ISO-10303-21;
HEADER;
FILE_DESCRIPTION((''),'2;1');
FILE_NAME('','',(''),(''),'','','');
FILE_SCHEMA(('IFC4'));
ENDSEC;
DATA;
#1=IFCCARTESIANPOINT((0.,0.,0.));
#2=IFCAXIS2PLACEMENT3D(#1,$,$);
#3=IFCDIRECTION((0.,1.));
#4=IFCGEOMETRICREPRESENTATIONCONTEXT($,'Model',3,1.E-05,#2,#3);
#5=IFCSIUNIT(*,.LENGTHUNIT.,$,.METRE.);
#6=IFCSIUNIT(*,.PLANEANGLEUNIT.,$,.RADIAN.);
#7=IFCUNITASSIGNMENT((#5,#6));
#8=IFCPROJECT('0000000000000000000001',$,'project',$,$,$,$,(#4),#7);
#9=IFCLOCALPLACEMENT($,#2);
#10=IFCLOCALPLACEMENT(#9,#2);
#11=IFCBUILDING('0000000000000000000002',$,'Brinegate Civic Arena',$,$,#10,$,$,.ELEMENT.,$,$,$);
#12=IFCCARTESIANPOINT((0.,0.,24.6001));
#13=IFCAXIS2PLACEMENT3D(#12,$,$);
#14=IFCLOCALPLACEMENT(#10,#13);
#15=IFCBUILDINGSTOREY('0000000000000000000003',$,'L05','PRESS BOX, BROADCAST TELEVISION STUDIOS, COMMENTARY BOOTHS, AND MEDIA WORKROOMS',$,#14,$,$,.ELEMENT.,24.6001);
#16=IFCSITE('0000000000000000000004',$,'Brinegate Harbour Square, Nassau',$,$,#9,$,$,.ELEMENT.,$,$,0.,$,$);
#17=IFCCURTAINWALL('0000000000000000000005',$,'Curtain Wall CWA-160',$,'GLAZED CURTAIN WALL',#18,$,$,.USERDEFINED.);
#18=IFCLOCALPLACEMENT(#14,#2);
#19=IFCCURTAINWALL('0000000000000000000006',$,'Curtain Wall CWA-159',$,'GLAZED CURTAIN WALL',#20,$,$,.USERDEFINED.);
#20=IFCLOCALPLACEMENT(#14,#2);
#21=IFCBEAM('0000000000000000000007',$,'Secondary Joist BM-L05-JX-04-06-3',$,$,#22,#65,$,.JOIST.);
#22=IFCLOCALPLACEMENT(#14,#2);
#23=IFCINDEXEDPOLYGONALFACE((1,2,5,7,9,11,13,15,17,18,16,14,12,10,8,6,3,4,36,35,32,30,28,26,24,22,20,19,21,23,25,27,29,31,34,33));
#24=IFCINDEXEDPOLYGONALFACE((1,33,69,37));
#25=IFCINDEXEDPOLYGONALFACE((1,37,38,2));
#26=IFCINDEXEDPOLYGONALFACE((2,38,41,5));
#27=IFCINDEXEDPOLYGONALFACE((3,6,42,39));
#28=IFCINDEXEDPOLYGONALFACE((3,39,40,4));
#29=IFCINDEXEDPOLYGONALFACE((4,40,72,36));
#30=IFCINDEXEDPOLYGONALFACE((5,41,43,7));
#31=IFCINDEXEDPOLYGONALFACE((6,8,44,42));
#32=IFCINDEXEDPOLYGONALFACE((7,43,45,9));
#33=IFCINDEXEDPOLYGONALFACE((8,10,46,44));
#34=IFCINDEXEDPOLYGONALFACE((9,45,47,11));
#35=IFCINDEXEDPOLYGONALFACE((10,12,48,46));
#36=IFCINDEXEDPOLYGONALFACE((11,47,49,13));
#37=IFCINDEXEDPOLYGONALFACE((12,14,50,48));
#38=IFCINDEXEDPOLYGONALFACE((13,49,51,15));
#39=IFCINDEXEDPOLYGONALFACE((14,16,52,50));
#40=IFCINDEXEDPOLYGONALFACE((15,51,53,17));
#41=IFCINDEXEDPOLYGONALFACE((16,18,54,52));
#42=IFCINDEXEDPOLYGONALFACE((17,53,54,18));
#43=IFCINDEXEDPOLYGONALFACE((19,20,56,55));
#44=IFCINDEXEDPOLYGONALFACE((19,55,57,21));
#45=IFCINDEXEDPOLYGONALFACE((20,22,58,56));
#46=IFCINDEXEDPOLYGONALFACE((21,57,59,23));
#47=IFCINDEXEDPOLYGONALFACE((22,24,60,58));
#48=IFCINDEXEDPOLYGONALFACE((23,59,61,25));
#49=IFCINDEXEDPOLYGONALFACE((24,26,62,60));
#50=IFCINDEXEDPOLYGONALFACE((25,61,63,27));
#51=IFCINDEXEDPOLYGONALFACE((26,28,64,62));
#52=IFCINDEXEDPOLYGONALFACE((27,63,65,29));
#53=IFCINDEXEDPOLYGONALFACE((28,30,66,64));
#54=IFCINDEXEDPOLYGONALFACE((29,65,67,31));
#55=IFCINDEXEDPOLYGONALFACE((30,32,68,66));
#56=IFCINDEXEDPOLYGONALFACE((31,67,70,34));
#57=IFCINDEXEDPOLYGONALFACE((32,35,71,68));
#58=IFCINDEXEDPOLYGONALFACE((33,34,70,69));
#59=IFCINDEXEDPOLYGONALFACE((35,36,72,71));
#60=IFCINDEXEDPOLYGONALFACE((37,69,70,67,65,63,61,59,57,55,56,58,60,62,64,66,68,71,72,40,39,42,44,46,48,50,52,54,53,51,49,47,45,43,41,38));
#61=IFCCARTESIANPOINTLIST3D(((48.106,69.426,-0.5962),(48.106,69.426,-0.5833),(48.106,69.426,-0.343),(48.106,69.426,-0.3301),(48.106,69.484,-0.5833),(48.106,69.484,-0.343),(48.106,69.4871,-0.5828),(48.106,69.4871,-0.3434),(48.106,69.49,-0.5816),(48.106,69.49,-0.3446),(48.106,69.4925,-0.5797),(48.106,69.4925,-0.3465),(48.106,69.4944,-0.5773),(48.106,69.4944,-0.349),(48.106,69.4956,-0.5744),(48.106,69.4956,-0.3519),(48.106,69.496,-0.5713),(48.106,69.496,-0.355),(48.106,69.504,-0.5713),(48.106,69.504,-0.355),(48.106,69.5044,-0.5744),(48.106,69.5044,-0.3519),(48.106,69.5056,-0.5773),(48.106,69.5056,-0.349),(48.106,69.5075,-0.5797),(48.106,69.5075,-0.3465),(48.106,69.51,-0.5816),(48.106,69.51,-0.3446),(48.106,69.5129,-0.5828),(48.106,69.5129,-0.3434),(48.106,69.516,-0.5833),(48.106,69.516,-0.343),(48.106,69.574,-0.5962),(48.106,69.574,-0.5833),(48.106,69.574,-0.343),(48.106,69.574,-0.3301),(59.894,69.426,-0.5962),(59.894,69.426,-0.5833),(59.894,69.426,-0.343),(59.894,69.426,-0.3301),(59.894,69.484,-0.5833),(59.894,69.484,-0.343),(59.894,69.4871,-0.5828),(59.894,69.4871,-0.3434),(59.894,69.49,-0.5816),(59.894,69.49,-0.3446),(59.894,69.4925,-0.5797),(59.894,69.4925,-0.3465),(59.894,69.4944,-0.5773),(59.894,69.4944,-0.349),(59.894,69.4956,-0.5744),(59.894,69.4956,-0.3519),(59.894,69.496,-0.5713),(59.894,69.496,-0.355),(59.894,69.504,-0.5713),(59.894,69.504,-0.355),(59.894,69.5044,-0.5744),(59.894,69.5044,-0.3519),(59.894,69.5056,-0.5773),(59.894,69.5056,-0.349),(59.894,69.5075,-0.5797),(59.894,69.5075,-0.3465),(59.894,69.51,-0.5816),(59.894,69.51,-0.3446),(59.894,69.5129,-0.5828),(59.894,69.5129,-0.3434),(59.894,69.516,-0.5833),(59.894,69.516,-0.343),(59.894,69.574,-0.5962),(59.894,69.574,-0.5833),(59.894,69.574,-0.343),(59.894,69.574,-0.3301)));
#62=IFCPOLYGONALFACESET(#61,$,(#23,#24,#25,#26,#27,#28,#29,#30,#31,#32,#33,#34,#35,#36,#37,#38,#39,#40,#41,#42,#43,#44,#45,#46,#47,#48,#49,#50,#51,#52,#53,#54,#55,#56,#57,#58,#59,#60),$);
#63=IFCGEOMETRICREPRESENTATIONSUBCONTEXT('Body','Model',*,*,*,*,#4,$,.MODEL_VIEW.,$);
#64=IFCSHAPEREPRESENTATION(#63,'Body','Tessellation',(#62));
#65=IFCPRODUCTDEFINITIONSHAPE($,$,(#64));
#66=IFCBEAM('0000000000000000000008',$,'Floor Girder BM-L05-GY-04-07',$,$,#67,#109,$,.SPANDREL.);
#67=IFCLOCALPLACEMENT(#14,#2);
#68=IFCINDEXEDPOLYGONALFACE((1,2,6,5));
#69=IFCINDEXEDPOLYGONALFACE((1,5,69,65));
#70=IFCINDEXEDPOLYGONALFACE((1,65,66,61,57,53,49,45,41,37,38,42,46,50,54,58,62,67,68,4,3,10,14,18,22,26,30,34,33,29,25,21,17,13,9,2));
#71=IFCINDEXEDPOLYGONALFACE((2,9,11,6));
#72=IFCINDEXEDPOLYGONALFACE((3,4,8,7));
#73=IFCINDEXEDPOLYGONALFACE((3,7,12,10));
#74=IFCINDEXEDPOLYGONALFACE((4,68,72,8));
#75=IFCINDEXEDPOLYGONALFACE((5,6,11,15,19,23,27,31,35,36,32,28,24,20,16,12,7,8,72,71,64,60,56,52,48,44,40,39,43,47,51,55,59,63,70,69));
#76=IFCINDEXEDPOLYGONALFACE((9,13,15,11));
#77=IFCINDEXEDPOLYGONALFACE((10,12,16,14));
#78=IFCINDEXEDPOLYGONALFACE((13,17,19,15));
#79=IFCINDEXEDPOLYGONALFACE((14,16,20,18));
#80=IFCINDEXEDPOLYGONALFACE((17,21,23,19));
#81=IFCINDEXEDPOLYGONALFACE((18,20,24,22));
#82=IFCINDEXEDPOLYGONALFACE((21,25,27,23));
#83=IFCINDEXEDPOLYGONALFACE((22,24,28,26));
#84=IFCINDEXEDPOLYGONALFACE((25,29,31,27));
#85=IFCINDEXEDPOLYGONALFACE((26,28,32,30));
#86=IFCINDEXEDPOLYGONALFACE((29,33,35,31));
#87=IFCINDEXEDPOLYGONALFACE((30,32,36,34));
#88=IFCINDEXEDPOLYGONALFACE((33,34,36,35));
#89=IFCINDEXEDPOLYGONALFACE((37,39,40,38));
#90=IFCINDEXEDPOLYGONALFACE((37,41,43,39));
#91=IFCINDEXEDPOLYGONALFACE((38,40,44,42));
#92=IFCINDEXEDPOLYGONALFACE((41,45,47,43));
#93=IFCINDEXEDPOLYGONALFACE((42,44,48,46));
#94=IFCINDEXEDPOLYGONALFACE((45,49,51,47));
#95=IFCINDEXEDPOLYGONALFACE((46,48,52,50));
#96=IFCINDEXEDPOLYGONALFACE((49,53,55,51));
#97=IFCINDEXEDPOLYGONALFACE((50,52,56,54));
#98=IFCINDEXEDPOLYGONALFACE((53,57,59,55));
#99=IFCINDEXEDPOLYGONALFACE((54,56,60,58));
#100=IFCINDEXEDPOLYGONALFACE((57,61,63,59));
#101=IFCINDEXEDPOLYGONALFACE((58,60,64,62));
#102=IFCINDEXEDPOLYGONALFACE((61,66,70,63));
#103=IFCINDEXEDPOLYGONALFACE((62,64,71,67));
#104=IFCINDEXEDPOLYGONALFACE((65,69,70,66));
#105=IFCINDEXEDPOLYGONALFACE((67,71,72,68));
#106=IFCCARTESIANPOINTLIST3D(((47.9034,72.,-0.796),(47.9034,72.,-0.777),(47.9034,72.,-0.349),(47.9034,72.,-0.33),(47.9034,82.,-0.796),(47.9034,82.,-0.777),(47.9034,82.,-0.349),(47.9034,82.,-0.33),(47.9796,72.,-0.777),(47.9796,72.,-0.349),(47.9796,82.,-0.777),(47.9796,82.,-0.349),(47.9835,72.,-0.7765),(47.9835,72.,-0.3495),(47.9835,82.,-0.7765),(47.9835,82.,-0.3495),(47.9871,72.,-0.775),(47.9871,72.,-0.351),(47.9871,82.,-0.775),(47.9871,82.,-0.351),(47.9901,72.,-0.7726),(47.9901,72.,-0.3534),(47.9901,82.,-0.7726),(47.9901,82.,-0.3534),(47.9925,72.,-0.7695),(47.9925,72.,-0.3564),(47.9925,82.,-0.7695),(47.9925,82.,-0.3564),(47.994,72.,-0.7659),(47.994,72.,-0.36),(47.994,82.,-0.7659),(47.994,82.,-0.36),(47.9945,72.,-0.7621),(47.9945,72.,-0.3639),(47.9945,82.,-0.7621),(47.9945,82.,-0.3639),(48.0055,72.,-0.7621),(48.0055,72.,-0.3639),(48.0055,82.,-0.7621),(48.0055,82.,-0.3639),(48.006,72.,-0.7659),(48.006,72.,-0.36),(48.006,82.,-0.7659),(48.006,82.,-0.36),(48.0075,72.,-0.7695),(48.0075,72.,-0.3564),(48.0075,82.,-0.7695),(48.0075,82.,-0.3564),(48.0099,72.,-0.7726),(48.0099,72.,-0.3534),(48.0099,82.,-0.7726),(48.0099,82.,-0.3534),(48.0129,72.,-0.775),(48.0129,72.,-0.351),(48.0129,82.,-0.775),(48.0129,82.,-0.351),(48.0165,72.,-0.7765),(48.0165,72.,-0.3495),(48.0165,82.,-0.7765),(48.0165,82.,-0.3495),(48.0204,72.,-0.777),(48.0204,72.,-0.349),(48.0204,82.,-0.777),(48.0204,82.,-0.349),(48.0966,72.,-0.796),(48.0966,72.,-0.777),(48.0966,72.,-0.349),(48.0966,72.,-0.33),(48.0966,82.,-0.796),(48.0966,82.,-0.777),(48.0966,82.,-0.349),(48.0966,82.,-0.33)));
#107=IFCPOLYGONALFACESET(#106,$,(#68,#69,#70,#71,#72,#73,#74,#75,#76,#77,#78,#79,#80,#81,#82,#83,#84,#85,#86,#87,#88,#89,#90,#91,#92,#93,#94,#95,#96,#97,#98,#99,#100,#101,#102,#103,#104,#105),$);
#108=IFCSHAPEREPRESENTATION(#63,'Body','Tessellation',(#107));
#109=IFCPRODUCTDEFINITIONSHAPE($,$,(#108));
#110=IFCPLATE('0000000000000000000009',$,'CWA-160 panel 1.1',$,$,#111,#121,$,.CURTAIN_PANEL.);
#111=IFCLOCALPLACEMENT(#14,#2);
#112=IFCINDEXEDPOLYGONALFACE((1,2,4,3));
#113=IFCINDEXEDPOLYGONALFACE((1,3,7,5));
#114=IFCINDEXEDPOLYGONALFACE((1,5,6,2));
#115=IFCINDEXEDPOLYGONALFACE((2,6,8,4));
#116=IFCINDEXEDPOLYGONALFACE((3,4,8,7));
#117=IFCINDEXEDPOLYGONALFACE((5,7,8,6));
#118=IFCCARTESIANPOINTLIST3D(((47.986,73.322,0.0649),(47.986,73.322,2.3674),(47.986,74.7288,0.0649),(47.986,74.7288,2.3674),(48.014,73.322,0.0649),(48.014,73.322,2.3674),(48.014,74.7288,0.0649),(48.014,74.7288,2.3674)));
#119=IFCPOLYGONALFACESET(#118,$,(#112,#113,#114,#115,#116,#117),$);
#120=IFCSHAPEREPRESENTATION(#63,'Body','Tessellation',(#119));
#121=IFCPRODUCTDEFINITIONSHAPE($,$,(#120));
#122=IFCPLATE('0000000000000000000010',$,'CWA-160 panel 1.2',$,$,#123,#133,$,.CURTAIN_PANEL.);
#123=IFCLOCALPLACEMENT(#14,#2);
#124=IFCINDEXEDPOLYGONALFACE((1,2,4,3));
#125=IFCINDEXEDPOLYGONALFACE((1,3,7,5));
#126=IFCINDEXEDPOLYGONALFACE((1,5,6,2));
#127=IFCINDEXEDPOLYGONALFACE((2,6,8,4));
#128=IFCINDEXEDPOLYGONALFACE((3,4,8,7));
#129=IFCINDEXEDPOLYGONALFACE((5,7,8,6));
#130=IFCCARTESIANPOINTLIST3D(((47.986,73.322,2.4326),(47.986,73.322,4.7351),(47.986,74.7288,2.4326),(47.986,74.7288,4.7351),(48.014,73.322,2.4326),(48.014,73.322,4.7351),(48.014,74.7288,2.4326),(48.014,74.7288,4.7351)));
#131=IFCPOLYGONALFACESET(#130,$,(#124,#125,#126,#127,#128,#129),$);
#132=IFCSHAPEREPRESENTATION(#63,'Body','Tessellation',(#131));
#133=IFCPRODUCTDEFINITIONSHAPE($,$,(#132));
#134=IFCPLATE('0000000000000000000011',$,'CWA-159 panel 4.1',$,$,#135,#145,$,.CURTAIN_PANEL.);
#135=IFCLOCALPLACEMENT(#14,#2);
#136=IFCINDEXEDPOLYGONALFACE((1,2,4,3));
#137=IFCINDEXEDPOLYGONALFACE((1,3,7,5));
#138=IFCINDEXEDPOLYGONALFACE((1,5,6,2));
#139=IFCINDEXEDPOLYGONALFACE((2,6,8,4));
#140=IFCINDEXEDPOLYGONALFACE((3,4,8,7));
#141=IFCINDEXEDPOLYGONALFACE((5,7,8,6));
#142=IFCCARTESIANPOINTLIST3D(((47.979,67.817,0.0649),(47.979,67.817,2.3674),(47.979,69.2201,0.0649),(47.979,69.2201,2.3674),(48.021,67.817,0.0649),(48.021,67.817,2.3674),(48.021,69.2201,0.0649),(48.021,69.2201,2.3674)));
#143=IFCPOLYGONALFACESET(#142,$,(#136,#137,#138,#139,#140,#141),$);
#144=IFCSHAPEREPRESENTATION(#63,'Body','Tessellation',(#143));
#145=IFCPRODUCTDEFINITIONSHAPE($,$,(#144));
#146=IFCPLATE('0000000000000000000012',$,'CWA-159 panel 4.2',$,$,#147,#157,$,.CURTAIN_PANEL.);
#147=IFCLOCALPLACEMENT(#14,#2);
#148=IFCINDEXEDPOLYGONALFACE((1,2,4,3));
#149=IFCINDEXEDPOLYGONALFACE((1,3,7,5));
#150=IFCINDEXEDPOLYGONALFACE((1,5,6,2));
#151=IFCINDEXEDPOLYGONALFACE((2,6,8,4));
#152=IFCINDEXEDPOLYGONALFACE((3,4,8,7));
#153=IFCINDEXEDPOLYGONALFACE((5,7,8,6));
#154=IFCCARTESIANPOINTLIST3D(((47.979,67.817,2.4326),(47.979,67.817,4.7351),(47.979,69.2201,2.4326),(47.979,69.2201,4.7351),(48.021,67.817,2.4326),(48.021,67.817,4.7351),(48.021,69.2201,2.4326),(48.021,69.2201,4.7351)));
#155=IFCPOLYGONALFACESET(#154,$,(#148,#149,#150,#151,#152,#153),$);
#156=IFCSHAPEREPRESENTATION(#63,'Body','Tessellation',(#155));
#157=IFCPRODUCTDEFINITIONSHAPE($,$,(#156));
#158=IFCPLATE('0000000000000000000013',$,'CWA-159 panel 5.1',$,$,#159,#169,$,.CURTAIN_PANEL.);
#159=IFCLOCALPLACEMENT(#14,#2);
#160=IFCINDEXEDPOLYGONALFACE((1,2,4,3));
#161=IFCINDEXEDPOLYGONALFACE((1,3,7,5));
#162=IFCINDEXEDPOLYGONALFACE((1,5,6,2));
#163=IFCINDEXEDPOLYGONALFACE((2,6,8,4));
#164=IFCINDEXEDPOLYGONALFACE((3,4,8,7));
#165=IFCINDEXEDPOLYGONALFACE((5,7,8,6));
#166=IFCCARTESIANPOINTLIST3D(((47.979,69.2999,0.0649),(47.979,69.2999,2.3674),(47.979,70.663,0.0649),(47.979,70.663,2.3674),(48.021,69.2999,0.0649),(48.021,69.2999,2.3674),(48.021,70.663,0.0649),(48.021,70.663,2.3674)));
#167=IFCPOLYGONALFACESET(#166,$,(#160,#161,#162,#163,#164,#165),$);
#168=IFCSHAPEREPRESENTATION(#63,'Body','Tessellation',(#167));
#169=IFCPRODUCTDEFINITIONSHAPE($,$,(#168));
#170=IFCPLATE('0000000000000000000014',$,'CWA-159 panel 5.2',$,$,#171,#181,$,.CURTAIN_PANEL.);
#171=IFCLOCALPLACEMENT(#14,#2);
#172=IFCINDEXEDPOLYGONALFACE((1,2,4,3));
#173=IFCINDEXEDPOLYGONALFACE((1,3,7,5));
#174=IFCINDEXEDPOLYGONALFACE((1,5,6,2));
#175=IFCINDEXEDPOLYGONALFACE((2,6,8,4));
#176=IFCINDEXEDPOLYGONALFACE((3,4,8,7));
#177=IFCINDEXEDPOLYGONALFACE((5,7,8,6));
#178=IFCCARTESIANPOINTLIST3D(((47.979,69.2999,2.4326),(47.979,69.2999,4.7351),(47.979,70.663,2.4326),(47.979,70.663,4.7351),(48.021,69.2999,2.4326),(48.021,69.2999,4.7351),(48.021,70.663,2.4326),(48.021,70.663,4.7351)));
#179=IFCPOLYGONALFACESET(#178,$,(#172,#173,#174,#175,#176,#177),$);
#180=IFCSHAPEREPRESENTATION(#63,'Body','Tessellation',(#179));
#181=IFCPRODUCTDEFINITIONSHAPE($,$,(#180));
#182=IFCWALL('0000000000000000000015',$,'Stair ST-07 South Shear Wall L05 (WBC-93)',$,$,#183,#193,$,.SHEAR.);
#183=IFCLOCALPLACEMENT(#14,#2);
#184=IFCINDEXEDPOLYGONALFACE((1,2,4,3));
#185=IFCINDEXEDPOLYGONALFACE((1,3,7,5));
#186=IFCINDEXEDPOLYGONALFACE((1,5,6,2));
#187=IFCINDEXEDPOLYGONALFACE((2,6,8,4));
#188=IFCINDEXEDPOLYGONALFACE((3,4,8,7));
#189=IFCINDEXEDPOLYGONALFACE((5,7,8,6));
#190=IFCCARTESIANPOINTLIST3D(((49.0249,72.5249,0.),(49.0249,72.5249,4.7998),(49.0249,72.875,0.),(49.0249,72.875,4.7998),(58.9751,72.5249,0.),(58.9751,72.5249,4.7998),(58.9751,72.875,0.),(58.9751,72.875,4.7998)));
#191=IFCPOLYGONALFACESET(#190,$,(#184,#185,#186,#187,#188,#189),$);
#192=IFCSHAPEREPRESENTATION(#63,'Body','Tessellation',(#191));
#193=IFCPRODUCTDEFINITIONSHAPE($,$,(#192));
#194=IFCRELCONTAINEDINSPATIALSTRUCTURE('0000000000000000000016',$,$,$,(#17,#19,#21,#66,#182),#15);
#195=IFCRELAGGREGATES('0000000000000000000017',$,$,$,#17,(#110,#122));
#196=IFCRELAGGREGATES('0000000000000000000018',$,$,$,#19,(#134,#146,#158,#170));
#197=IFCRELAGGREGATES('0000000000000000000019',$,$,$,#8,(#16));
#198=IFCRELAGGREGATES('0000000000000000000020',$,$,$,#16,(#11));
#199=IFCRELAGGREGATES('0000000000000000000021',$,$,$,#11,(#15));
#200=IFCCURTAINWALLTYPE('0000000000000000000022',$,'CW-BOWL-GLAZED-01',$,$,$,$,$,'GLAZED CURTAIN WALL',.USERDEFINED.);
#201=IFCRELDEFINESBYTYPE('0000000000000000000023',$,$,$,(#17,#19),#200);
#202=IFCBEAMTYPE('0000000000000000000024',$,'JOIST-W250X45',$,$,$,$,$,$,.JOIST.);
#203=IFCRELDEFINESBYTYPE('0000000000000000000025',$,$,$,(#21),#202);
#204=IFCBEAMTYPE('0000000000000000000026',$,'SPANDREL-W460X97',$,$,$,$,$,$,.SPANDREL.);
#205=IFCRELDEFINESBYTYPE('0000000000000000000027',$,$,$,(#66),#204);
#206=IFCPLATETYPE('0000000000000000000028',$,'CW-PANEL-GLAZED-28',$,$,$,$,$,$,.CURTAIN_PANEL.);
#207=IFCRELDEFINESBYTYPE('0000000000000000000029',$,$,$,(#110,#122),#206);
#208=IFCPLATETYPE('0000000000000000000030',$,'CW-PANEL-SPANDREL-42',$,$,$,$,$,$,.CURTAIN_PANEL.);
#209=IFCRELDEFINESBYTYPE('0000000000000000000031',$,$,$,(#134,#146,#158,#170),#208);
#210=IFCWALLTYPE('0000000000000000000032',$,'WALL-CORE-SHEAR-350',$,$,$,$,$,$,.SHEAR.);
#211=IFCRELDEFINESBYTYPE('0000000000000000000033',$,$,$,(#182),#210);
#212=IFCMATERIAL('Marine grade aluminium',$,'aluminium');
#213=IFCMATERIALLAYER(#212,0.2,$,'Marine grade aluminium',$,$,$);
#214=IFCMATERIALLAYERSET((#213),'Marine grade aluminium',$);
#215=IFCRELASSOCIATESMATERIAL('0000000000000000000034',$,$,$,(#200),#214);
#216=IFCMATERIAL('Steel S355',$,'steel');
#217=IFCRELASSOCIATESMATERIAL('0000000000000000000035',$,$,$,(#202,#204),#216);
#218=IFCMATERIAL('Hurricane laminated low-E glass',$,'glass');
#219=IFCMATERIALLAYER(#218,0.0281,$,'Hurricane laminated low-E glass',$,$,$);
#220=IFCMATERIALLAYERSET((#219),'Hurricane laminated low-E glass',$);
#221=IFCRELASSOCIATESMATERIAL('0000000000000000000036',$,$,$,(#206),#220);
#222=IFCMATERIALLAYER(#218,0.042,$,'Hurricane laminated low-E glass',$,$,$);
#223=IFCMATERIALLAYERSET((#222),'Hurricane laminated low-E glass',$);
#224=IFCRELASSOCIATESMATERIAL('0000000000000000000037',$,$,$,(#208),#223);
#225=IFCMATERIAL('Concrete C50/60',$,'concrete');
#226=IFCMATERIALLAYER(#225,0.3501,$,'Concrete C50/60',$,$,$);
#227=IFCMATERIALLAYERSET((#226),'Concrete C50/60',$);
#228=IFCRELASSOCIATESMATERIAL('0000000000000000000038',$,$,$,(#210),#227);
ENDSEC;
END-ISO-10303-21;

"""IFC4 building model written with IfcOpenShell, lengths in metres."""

from ifc_helpers import new_model, si_unit, direction, frame, frame_2d, origin, origin_2d, place, context, subcontext, project, spatial, rectangle, i_section, extrude, material, layer, layer_set, material_profile, profile_set, type_object, element, aggregate, save


model = new_model("IFC4")

# Units and contexts
model_context = context("Model", 3, precision=1e-05, world=origin(), true_north=direction((0.0, 1.0)))
body_context = subcontext(model_context, "Body", "Model", "MODEL_VIEW")
ifc_project = project(units=[si_unit("LENGTHUNIT", "METRE"), si_unit("PLANEANGLEUNIT", "RADIAN")], contexts=[model_context])

# Site, building, storey
site_placement = place(None, origin())
site = spatial("IfcSite", under=ifc_project, at=site_placement, Name="Brinegate Harbour Square, Nassau", CompositionType="ELEMENT", RefElevation=0.0)
building_placement = place(site_placement, origin())
building = spatial("IfcBuilding", under=site, at=building_placement, Name="Brinegate Civic Arena", CompositionType="ELEMENT")
storey_placement = place(building_placement, frame((0.0, 0.0, 24.6001)))
storey = spatial("IfcBuildingStorey", under=building, at=storey_placement, Name="L05", Description="PRESS BOX, BROADCAST TELEVISION STUDIOS, COMMENTARY BOOTHS, AND MEDIA WORKROOMS", CompositionType="ELEMENT", Elevation=24.6001)

# Shared definitions
ifc_material_1 = material(Name="Concrete C50/60", Category="concrete")

# Curtain walls
ifc_material_2 = material(Name="Marine grade aluminium", Category="aluminium")
ifc_layer_1 = layer(ifc_material_2, 0.2, Name="Marine grade aluminium")
ifc_layer_set_1 = layer_set([ifc_layer_1], Name="Marine grade aluminium")
curtain_wall_type = type_object("IfcCurtainWallType", Name="CW-BOWL-GLAZED-01", ElementType="GLAZED CURTAIN WALL", PredefinedType="USERDEFINED", material=ifc_layer_set_1)
curtain_wall_1_placement = place(storey_placement, origin())
curtain_wall_1 = element("IfcCurtainWall", 1, at=curtain_wall_1_placement, inside=storey, type_object=curtain_wall_type, Name="Curtain Wall CWA-160", ObjectType="GLAZED CURTAIN WALL", PredefinedType="USERDEFINED")
curtain_wall_2_placement = place(storey_placement, origin())
curtain_wall_2 = element("IfcCurtainWall", 2, at=curtain_wall_2_placement, inside=storey, type_object=curtain_wall_type, Name="Curtain Wall CWA-159", ObjectType="GLAZED CURTAIN WALL", PredefinedType="USERDEFINED")

# Beams
ifc_material_3 = material(Name="Steel S355", Category="steel")
ifc_material_profile_1 = material_profile(ifc_material_3, i_section(OverallWidth=0.1479, OverallDepth=0.2661, WebThickness=0.0081, FlangeThickness=0.0129, FilletRadius=0.012, at=origin_2d()), Name="W250X45")
ifc_profile_set_1 = profile_set([ifc_material_profile_1], Name="Steel S355")
beam_type_1 = type_object("IfcBeamType", Name="JOIST-W250X45", PredefinedType="JOIST", material=ifc_profile_set_1)
beam_1_placement = place(storey_placement, frame((48.106, 69.5, -0.4631), z_axis=(1.0, 0.0, 0.0), x_axis=(0.0, 1.0, 0.0)))
element("IfcBeam", 3, at=beam_1_placement, inside=storey, type_object=beam_type_1, Name="Secondary Joist BM-L05-JX-04-06-3", PredefinedType="JOIST", context=body_context, shape_type="SweptSolid", body=[
    extrude(i_section(OverallWidth=0.1479, OverallDepth=0.2661, WebThickness=0.0081, FlangeThickness=0.0129, FilletRadius=0.012, at=origin_2d()), origin(), (0.0, 0.0, 1.0), 11.7881),
])
ifc_material_profile_2 = material_profile(ifc_material_3, i_section(OverallWidth=0.1931, OverallDepth=0.4661, WebThickness=0.011, FlangeThickness=0.019, FilletRadius=0.0149, at=origin_2d()), Name="W460X97")
ifc_profile_set_2 = profile_set([ifc_material_profile_2], Name="Steel S355")
beam_type_2 = type_object("IfcBeamType", Name="SPANDREL-W460X97", PredefinedType="SPANDREL", material=ifc_profile_set_2)
beam_2_placement = place(storey_placement, frame((48.0, 72.0, -0.563), z_axis=(0.0, 1.0, 0.0), x_axis=(-1.0, 0.0, 0.0)))
element("IfcBeam", 4, at=beam_2_placement, inside=storey, type_object=beam_type_2, Name="Floor Girder BM-L05-GY-04-07", PredefinedType="SPANDREL", context=body_context, shape_type="SweptSolid", body=[
    extrude(i_section(OverallWidth=0.1931, OverallDepth=0.4661, WebThickness=0.011, FlangeThickness=0.019, FilletRadius=0.0149, at=origin_2d()), origin(), (0.0, 0.0, 1.0), 10.0),
])

# Plates
ifc_material_4 = material(Name="Hurricane laminated low-E glass", Category="glass")
ifc_layer_2 = layer(ifc_material_4, 0.0281, Name="Hurricane laminated low-E glass")
ifc_layer_set_2 = layer_set([ifc_layer_2], Name="Hurricane laminated low-E glass")
plate_type_1 = type_object("IfcPlateType", Name="CW-PANEL-GLAZED-28", PredefinedType="CURTAIN_PANEL", material=ifc_layer_set_2)
plate_1_placement = place(storey_placement, frame((48.0, 74.0254, 0.0649), z_axis=(0.0, 0.0, 1.0), x_axis=(0.0, 1.0, 0.0)))
plate_1 = element("IfcPlate", 5, at=plate_1_placement, type_object=plate_type_1, Name="CWA-160 panel 1.1", PredefinedType="CURTAIN_PANEL", context=body_context, shape_type="SweptSolid", body=[
    extrude(rectangle(XDim=1.4067, YDim=0.0281, at=origin_2d()), origin(), (0.0, 0.0, 1.0), 2.3025),
])
plate_2_placement = place(storey_placement, frame((48.0, 74.0254, 2.4326), z_axis=(0.0, 0.0, 1.0), x_axis=(0.0, 1.0, 0.0)))
plate_2 = element("IfcPlate", 6, at=plate_2_placement, type_object=plate_type_1, Name="CWA-160 panel 1.2", PredefinedType="CURTAIN_PANEL", context=body_context, shape_type="SweptSolid", body=[
    extrude(rectangle(XDim=1.4067, YDim=0.0281, at=origin_2d()), origin(), (0.0, 0.0, 1.0), 2.3025),
])
aggregate(curtain_wall_1, [plate_1, plate_2])
ifc_layer_3 = layer(ifc_material_4, 0.042, Name="Hurricane laminated low-E glass")
ifc_layer_set_3 = layer_set([ifc_layer_3], Name="Hurricane laminated low-E glass")
plate_type_2 = type_object("IfcPlateType", Name="CW-PANEL-SPANDREL-42", PredefinedType="CURTAIN_PANEL", material=ifc_layer_set_3)
plate_3_placement = place(storey_placement, frame((48.0, 68.5186, 0.0649), z_axis=(0.0, 0.0, 1.0), x_axis=(0.0, 1.0, 0.0)))
plate_3 = element("IfcPlate", 7, at=plate_3_placement, type_object=plate_type_2, Name="CWA-159 panel 4.1", PredefinedType="CURTAIN_PANEL", context=body_context, shape_type="SweptSolid", body=[
    extrude(rectangle(XDim=1.4031, YDim=0.042, at=origin_2d()), origin(), (0.0, 0.0, 1.0), 2.3025),
])
plate_4_placement = place(storey_placement, frame((48.0, 68.5186, 2.4326), z_axis=(0.0, 0.0, 1.0), x_axis=(0.0, 1.0, 0.0)))
plate_4 = element("IfcPlate", 8, at=plate_4_placement, type_object=plate_type_2, Name="CWA-159 panel 4.2", PredefinedType="CURTAIN_PANEL", context=body_context, shape_type="SweptSolid", body=[
    extrude(rectangle(XDim=1.4031, YDim=0.042, at=origin_2d()), origin(), (0.0, 0.0, 1.0), 2.3025),
])
plate_5_placement = place(storey_placement, frame((48.0, 69.9814, 0.0649), z_axis=(0.0, 0.0, 1.0), x_axis=(0.0, 1.0, 0.0)))
plate_5 = element("IfcPlate", 9, at=plate_5_placement, type_object=plate_type_2, Name="CWA-159 panel 5.1", PredefinedType="CURTAIN_PANEL", context=body_context, shape_type="SweptSolid", body=[
    extrude(rectangle(XDim=1.363, YDim=0.042, at=origin_2d()), origin(), (0.0, 0.0, 1.0), 2.3025),
])
plate_6_placement = place(storey_placement, frame((48.0, 69.9814, 2.4326), z_axis=(0.0, 0.0, 1.0), x_axis=(0.0, 1.0, 0.0)))
plate_6 = element("IfcPlate", 10, at=plate_6_placement, type_object=plate_type_2, Name="CWA-159 panel 5.2", PredefinedType="CURTAIN_PANEL", context=body_context, shape_type="SweptSolid", body=[
    extrude(rectangle(XDim=1.363, YDim=0.042, at=origin_2d()), origin(), (0.0, 0.0, 1.0), 2.3025),
])
aggregate(curtain_wall_2, [plate_3, plate_4, plate_5, plate_6])

# Wall
ifc_layer_4 = layer(ifc_material_1, 0.3501, Name="Concrete C50/60")
ifc_layer_set_4 = layer_set([ifc_layer_4], Name="Concrete C50/60")
wall_type_1 = type_object("IfcWallType", Name="WALL-CORE-SHEAR-350", PredefinedType="SHEAR", material=ifc_layer_set_4)
wall_1_placement = place(storey_placement, frame((49.0249, 72.7, 0.0), z_axis=(0.0, 0.0, 1.0), x_axis=(1.0, 0.0, 0.0)))
element("IfcWall", 11, at=wall_1_placement, inside=storey, type_object=wall_type_1, Name="Stair ST-07 South Shear Wall L05 (WBC-93)", PredefinedType="SHEAR", context=body_context, shape_type="SweptSolid", body=[
    extrude(rectangle(XDim=9.9502, YDim=0.3501, at=frame_2d((4.9751, 0.0))), origin(), (0.0, 0.0, 1.0), 4.7998),
])

save(model, "model.ifc")
